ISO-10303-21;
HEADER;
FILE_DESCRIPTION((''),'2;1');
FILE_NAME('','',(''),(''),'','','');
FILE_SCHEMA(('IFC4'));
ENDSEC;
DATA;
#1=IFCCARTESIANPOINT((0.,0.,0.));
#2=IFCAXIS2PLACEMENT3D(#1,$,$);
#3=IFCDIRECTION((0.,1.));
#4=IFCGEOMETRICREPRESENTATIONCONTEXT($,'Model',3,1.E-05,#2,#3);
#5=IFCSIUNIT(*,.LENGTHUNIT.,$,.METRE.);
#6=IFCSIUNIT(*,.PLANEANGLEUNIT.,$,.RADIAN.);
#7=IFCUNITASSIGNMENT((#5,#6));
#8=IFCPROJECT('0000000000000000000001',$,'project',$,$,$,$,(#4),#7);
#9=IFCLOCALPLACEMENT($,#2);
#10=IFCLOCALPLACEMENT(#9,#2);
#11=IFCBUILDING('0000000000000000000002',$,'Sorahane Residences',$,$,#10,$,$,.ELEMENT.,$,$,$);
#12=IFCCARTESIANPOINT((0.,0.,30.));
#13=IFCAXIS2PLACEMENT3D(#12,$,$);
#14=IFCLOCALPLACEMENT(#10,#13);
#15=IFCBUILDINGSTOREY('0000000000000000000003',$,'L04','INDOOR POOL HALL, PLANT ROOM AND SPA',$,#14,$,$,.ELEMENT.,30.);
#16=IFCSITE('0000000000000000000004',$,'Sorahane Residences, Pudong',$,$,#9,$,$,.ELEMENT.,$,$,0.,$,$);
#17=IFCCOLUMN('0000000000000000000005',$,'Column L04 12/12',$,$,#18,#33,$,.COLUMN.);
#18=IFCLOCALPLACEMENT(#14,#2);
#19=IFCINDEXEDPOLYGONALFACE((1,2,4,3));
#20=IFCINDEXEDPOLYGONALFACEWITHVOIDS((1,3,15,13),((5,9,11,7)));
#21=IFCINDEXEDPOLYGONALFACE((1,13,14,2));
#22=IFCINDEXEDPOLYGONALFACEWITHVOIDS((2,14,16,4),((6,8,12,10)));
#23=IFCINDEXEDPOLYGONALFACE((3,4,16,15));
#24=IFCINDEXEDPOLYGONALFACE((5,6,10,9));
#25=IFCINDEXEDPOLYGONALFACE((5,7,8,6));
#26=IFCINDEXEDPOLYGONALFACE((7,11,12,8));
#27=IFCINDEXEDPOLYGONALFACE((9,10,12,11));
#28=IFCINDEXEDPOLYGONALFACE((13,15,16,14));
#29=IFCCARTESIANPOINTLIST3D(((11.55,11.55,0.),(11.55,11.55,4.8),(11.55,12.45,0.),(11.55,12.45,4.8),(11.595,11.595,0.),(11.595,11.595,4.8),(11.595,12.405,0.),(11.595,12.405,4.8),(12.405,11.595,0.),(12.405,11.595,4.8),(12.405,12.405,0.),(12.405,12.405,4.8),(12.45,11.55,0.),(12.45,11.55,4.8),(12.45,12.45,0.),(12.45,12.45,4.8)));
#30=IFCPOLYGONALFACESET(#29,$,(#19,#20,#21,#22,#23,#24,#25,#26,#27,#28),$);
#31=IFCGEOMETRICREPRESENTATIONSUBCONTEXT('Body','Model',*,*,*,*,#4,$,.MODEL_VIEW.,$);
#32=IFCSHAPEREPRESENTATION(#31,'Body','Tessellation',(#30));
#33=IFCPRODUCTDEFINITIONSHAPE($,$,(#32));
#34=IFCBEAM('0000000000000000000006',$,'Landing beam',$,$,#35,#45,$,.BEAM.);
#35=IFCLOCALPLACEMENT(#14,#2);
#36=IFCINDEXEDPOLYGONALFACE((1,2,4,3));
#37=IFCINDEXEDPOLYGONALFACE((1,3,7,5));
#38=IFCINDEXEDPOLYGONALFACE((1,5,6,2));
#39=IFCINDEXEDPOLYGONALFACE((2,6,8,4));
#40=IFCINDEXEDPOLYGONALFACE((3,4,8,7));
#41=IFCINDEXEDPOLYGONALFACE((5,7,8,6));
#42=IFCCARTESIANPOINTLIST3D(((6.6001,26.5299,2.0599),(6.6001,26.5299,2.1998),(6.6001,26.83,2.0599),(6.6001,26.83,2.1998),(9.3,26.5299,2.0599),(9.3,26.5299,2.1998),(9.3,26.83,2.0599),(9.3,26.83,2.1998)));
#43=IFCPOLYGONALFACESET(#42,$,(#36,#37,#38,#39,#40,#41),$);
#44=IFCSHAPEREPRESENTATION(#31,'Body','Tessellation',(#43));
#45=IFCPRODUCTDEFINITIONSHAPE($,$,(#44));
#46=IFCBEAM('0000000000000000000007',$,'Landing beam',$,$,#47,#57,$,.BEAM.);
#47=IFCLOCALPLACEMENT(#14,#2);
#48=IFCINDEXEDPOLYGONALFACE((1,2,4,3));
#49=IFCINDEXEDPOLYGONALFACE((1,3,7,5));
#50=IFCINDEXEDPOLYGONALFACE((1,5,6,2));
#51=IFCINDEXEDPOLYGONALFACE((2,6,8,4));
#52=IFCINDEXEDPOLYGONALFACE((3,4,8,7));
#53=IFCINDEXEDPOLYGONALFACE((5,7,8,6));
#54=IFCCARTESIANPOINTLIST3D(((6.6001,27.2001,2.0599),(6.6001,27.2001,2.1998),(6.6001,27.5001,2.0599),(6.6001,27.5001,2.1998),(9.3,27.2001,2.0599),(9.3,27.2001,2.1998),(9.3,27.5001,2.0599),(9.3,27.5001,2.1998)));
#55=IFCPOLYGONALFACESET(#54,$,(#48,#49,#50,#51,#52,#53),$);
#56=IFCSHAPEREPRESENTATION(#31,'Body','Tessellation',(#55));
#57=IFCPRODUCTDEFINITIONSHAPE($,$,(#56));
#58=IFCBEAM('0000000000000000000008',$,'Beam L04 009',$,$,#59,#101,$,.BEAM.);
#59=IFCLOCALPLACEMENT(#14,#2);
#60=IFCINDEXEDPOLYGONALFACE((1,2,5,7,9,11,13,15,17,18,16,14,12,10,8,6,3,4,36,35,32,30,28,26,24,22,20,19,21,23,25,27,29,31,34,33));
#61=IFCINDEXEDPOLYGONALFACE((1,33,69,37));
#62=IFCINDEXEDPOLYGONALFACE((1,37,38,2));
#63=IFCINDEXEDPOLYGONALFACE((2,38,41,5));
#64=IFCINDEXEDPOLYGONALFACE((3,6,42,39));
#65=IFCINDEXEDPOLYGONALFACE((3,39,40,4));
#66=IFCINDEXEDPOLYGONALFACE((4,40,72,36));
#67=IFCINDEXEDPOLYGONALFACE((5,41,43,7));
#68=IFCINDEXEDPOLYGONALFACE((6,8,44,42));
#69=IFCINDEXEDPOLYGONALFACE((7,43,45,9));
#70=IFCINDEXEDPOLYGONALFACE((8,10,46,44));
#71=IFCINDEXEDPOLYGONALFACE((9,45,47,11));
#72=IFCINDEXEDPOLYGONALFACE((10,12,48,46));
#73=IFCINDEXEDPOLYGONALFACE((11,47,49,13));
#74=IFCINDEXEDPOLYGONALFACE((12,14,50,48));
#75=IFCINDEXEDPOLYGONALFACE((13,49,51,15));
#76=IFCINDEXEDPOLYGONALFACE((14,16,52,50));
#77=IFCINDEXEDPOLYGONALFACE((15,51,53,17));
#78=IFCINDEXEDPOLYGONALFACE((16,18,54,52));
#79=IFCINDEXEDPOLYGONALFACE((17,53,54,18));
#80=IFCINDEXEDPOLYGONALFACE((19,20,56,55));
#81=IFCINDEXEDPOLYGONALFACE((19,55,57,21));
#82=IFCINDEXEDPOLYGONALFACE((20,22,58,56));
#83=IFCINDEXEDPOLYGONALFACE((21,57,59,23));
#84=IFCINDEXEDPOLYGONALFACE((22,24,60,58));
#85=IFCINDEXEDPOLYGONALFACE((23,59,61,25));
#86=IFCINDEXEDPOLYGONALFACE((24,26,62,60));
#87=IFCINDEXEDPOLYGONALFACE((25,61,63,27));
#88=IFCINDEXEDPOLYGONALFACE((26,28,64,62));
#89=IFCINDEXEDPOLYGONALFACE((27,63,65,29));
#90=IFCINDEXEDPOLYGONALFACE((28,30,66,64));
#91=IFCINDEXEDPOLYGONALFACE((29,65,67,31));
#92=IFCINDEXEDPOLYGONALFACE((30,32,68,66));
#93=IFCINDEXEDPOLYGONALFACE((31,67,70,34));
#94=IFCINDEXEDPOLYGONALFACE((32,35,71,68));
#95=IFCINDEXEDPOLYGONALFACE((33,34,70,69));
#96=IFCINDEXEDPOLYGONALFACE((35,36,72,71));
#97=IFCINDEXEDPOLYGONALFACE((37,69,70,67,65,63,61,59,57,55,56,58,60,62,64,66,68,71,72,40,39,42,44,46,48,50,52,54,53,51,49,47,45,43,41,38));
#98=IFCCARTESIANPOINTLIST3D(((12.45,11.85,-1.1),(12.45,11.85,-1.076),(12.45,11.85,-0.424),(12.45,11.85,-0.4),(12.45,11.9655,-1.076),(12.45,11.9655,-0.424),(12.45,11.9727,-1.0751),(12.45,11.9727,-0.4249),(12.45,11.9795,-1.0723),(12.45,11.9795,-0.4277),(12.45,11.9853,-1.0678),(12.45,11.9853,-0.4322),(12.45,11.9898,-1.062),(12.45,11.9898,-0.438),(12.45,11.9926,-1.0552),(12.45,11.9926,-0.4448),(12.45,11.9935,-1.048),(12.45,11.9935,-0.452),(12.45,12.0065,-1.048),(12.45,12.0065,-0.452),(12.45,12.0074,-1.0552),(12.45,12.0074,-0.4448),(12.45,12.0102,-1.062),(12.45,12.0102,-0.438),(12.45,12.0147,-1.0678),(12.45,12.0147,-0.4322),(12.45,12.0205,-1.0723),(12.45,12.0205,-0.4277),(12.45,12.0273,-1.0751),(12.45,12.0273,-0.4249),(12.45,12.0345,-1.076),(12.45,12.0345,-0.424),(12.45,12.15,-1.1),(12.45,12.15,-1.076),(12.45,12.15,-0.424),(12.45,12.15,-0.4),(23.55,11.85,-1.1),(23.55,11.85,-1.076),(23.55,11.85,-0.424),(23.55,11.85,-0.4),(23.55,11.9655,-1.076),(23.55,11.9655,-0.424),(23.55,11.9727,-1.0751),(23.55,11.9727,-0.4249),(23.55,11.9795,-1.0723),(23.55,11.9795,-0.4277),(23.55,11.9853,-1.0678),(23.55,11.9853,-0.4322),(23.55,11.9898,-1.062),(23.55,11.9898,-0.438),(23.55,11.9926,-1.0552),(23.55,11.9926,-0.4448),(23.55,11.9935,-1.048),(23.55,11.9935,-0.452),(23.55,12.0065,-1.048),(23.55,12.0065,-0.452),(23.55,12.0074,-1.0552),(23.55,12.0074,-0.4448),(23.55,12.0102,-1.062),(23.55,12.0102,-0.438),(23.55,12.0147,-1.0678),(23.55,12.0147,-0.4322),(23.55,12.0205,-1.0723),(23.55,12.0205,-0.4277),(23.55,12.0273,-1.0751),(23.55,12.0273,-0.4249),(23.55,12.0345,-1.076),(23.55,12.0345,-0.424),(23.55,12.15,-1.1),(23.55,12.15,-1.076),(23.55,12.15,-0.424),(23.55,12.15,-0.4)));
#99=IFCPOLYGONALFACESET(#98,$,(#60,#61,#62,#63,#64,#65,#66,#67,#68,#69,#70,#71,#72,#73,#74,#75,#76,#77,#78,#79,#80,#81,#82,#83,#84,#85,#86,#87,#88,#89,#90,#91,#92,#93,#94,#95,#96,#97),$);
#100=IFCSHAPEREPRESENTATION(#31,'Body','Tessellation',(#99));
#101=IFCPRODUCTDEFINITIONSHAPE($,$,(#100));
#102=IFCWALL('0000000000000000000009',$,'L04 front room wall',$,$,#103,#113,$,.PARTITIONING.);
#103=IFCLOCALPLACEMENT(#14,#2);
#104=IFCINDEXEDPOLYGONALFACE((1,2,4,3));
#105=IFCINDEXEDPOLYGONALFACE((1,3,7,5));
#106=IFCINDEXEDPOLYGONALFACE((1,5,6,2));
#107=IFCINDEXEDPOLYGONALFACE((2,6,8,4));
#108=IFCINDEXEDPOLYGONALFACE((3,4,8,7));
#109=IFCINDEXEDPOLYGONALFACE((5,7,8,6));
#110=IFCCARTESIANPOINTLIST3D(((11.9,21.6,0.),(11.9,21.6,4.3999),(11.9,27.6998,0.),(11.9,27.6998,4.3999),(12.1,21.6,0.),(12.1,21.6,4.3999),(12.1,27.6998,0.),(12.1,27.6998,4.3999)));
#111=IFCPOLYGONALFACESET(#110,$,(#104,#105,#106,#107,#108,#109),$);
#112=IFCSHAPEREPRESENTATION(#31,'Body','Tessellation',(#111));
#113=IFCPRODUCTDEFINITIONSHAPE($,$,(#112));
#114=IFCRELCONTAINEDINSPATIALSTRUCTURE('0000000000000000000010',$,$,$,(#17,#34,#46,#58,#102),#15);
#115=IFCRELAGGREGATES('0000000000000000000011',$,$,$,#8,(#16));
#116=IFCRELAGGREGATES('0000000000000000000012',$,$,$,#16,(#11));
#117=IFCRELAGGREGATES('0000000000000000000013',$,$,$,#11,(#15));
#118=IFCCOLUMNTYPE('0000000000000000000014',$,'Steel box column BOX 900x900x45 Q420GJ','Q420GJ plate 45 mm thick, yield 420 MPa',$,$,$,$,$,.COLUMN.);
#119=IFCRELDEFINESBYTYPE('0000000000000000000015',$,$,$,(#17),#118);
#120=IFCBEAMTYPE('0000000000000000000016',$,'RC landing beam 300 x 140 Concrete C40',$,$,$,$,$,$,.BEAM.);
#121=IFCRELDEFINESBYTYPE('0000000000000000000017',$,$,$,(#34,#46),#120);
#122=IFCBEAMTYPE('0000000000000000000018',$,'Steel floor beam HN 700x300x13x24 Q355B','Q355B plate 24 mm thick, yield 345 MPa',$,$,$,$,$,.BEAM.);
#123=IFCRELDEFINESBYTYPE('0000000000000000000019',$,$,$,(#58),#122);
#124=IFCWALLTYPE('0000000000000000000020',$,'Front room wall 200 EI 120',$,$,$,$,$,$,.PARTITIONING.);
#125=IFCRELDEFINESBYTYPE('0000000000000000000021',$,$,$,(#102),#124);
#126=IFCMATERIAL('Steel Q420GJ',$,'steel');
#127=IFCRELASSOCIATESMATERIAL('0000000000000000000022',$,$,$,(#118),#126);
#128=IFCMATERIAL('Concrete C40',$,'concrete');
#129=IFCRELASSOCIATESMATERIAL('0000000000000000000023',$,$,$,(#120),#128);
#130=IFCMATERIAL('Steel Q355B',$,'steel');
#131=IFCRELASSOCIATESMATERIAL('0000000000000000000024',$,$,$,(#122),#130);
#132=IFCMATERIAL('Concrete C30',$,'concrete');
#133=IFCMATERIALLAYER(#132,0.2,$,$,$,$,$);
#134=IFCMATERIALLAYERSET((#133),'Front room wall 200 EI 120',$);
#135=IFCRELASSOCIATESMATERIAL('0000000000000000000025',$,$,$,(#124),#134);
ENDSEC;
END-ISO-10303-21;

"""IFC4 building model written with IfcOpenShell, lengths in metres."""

from ifc_helpers import new_model, si_unit, direction, frame, frame_2d, origin, origin_2d, place, context, subcontext, project, spatial, rectangle, hollow_rectangle, i_section, extrude, material, layer, layer_set, material_profile, profile_set, type_object, element, save


model = new_model("IFC4")

# Units and contexts
model_context = context("Model", 3, precision=1e-05, world=origin(), true_north=direction((0.0, 1.0)))
body_context = subcontext(model_context, "Body", "Model", "MODEL_VIEW")
ifc_project = project(units=[si_unit("LENGTHUNIT", "METRE"), si_unit("PLANEANGLEUNIT", "RADIAN")], contexts=[model_context])

# Site, building, storey
site_placement = place(None, origin())
site = spatial("IfcSite", under=ifc_project, at=site_placement, Name="Sorahane Residences, Pudong", CompositionType="ELEMENT", RefElevation=0.0)
building_placement = place(site_placement, origin())
building = spatial("IfcBuilding", under=site, at=building_placement, Name="Sorahane Residences", CompositionType="ELEMENT")
storey_placement = place(building_placement, frame((0.0, 0.0, 30.0)))
storey = spatial("IfcBuildingStorey", under=building, at=storey_placement, Name="L04", Description="INDOOR POOL HALL, PLANT ROOM AND SPA", CompositionType="ELEMENT", Elevation=30.0)

# Column
ifc_material_1 = material(Name="Steel Q420GJ", Category="steel")
ifc_material_profile_1 = material_profile(ifc_material_1, hollow_rectangle(XDim=0.8999, YDim=0.8999, WallThickness=0.0449, at=origin_2d()), Name="BOX 900x900x45")
ifc_profile_set_1 = profile_set([ifc_material_profile_1], Name="Steel Q420GJ")
column_type = type_object("IfcColumnType", Name="Steel box column BOX 900x900x45 Q420GJ", Description="Q420GJ plate 45 mm thick, yield 420 MPa", PredefinedType="COLUMN", material=ifc_profile_set_1)
column_placement = place(storey_placement, frame((12.0, 12.0, 0.0), z_axis=(0.0, 0.0, 1.0), x_axis=(1.0, 0.0, 0.0)))
element("IfcColumn", 1, at=column_placement, inside=storey, type_object=column_type, Name="Column L04 12/12", PredefinedType="COLUMN", context=body_context, shape_type="SweptSolid", body=[
    extrude(hollow_rectangle(XDim=0.8999, YDim=0.8999, WallThickness=0.0449, at=origin_2d()), origin(), (0.0, 0.0, 1.0), 4.8),
])

# Beams
ifc_material_2 = material(Name="Concrete C40", Category="concrete")
ifc_material_profile_2 = material_profile(ifc_material_2, rectangle(XDim=0.3, YDim=0.1399, at=origin_2d()), Name="300x140")
ifc_profile_set_2 = profile_set([ifc_material_profile_2], Name="Concrete C40")
beam_type_1 = type_object("IfcBeamType", Name="RC landing beam 300 x 140 Concrete C40", PredefinedType="BEAM", material=ifc_profile_set_2)
for number, where, z_axis, x_axis, name in (
    (2, (6.6001, 26.6799, 2.1299), (1.0, 0.0, 0.0), (0.0, 1.0, 0.0), "Landing beam"),
    (3, (6.6001, 27.3501, 2.1299), (1.0, 0.0, 0.0), (0.0, 1.0, 0.0), "Landing beam"),
):
    element("IfcBeam", number, at=place(storey_placement, frame(where, z_axis=z_axis, x_axis=x_axis)), inside=storey, type_object=beam_type_1, Name=name, PredefinedType="BEAM", context=body_context, shape_type="SweptSolid", body=[
        extrude(rectangle(XDim=0.3, YDim=0.1399, at=origin_2d()), origin(), (0.0, 0.0, 1.0), 2.7),
    ])
ifc_material_3 = material(Name="Steel Q355B", Category="steel")
ifc_material_profile_3 = material_profile(ifc_material_3, i_section(OverallWidth=0.3, OverallDepth=0.7, WebThickness=0.0129, FlangeThickness=0.0239, FilletRadius=0.0281, at=origin_2d()), Name="HN 700x300x13x24")
ifc_profile_set_3 = profile_set([ifc_material_profile_3], Name="Steel Q355B")
beam_type_2 = type_object("IfcBeamType", Name="Steel floor beam HN 700x300x13x24 Q355B", Description="Q355B plate 24 mm thick, yield 345 MPa", PredefinedType="BEAM", material=ifc_profile_set_3)
beam_placement = place(storey_placement, frame((12.45, 12.0, -0.75), z_axis=(1.0, 0.0, 0.0), x_axis=(0.0, 1.0, 0.0)))
element("IfcBeam", 4, at=beam_placement, inside=storey, type_object=beam_type_2, Name="Beam L04 009", PredefinedType="BEAM", context=body_context, shape_type="SweptSolid", body=[
    extrude(i_section(OverallWidth=0.3, OverallDepth=0.7, WebThickness=0.0129, FlangeThickness=0.0239, FilletRadius=0.0281, at=origin_2d()), origin(), (0.0, 0.0, 1.0), 11.1001),
])

# Wall
ifc_material_4 = material(Name="Concrete C30", Category="concrete")
ifc_layer_1 = layer(ifc_material_4, 0.2)
ifc_layer_set_1 = layer_set([ifc_layer_1], Name="Front room wall 200 EI 120")
wall_type_1 = type_object("IfcWallType", Name="Front room wall 200 EI 120", PredefinedType="PARTITIONING", material=ifc_layer_set_1)
wall_1_placement = place(storey_placement, frame((12.0, 21.6001, 0.0), z_axis=(0.0, 0.0, 1.0), x_axis=(0.0, 1.0, 0.0)))
element("IfcWall", 5, at=wall_1_placement, inside=storey, type_object=wall_type_1, Name="L04 front room wall", PredefinedType="PARTITIONING", context=body_context, shape_type="SweptSolid", body=[
    extrude(rectangle(XDim=6.0999, YDim=0.2, at=frame_2d((3.0498, 0.0))), origin(), (0.0, 0.0, 1.0), 4.3999),
])

save(model, "model.ifc")
